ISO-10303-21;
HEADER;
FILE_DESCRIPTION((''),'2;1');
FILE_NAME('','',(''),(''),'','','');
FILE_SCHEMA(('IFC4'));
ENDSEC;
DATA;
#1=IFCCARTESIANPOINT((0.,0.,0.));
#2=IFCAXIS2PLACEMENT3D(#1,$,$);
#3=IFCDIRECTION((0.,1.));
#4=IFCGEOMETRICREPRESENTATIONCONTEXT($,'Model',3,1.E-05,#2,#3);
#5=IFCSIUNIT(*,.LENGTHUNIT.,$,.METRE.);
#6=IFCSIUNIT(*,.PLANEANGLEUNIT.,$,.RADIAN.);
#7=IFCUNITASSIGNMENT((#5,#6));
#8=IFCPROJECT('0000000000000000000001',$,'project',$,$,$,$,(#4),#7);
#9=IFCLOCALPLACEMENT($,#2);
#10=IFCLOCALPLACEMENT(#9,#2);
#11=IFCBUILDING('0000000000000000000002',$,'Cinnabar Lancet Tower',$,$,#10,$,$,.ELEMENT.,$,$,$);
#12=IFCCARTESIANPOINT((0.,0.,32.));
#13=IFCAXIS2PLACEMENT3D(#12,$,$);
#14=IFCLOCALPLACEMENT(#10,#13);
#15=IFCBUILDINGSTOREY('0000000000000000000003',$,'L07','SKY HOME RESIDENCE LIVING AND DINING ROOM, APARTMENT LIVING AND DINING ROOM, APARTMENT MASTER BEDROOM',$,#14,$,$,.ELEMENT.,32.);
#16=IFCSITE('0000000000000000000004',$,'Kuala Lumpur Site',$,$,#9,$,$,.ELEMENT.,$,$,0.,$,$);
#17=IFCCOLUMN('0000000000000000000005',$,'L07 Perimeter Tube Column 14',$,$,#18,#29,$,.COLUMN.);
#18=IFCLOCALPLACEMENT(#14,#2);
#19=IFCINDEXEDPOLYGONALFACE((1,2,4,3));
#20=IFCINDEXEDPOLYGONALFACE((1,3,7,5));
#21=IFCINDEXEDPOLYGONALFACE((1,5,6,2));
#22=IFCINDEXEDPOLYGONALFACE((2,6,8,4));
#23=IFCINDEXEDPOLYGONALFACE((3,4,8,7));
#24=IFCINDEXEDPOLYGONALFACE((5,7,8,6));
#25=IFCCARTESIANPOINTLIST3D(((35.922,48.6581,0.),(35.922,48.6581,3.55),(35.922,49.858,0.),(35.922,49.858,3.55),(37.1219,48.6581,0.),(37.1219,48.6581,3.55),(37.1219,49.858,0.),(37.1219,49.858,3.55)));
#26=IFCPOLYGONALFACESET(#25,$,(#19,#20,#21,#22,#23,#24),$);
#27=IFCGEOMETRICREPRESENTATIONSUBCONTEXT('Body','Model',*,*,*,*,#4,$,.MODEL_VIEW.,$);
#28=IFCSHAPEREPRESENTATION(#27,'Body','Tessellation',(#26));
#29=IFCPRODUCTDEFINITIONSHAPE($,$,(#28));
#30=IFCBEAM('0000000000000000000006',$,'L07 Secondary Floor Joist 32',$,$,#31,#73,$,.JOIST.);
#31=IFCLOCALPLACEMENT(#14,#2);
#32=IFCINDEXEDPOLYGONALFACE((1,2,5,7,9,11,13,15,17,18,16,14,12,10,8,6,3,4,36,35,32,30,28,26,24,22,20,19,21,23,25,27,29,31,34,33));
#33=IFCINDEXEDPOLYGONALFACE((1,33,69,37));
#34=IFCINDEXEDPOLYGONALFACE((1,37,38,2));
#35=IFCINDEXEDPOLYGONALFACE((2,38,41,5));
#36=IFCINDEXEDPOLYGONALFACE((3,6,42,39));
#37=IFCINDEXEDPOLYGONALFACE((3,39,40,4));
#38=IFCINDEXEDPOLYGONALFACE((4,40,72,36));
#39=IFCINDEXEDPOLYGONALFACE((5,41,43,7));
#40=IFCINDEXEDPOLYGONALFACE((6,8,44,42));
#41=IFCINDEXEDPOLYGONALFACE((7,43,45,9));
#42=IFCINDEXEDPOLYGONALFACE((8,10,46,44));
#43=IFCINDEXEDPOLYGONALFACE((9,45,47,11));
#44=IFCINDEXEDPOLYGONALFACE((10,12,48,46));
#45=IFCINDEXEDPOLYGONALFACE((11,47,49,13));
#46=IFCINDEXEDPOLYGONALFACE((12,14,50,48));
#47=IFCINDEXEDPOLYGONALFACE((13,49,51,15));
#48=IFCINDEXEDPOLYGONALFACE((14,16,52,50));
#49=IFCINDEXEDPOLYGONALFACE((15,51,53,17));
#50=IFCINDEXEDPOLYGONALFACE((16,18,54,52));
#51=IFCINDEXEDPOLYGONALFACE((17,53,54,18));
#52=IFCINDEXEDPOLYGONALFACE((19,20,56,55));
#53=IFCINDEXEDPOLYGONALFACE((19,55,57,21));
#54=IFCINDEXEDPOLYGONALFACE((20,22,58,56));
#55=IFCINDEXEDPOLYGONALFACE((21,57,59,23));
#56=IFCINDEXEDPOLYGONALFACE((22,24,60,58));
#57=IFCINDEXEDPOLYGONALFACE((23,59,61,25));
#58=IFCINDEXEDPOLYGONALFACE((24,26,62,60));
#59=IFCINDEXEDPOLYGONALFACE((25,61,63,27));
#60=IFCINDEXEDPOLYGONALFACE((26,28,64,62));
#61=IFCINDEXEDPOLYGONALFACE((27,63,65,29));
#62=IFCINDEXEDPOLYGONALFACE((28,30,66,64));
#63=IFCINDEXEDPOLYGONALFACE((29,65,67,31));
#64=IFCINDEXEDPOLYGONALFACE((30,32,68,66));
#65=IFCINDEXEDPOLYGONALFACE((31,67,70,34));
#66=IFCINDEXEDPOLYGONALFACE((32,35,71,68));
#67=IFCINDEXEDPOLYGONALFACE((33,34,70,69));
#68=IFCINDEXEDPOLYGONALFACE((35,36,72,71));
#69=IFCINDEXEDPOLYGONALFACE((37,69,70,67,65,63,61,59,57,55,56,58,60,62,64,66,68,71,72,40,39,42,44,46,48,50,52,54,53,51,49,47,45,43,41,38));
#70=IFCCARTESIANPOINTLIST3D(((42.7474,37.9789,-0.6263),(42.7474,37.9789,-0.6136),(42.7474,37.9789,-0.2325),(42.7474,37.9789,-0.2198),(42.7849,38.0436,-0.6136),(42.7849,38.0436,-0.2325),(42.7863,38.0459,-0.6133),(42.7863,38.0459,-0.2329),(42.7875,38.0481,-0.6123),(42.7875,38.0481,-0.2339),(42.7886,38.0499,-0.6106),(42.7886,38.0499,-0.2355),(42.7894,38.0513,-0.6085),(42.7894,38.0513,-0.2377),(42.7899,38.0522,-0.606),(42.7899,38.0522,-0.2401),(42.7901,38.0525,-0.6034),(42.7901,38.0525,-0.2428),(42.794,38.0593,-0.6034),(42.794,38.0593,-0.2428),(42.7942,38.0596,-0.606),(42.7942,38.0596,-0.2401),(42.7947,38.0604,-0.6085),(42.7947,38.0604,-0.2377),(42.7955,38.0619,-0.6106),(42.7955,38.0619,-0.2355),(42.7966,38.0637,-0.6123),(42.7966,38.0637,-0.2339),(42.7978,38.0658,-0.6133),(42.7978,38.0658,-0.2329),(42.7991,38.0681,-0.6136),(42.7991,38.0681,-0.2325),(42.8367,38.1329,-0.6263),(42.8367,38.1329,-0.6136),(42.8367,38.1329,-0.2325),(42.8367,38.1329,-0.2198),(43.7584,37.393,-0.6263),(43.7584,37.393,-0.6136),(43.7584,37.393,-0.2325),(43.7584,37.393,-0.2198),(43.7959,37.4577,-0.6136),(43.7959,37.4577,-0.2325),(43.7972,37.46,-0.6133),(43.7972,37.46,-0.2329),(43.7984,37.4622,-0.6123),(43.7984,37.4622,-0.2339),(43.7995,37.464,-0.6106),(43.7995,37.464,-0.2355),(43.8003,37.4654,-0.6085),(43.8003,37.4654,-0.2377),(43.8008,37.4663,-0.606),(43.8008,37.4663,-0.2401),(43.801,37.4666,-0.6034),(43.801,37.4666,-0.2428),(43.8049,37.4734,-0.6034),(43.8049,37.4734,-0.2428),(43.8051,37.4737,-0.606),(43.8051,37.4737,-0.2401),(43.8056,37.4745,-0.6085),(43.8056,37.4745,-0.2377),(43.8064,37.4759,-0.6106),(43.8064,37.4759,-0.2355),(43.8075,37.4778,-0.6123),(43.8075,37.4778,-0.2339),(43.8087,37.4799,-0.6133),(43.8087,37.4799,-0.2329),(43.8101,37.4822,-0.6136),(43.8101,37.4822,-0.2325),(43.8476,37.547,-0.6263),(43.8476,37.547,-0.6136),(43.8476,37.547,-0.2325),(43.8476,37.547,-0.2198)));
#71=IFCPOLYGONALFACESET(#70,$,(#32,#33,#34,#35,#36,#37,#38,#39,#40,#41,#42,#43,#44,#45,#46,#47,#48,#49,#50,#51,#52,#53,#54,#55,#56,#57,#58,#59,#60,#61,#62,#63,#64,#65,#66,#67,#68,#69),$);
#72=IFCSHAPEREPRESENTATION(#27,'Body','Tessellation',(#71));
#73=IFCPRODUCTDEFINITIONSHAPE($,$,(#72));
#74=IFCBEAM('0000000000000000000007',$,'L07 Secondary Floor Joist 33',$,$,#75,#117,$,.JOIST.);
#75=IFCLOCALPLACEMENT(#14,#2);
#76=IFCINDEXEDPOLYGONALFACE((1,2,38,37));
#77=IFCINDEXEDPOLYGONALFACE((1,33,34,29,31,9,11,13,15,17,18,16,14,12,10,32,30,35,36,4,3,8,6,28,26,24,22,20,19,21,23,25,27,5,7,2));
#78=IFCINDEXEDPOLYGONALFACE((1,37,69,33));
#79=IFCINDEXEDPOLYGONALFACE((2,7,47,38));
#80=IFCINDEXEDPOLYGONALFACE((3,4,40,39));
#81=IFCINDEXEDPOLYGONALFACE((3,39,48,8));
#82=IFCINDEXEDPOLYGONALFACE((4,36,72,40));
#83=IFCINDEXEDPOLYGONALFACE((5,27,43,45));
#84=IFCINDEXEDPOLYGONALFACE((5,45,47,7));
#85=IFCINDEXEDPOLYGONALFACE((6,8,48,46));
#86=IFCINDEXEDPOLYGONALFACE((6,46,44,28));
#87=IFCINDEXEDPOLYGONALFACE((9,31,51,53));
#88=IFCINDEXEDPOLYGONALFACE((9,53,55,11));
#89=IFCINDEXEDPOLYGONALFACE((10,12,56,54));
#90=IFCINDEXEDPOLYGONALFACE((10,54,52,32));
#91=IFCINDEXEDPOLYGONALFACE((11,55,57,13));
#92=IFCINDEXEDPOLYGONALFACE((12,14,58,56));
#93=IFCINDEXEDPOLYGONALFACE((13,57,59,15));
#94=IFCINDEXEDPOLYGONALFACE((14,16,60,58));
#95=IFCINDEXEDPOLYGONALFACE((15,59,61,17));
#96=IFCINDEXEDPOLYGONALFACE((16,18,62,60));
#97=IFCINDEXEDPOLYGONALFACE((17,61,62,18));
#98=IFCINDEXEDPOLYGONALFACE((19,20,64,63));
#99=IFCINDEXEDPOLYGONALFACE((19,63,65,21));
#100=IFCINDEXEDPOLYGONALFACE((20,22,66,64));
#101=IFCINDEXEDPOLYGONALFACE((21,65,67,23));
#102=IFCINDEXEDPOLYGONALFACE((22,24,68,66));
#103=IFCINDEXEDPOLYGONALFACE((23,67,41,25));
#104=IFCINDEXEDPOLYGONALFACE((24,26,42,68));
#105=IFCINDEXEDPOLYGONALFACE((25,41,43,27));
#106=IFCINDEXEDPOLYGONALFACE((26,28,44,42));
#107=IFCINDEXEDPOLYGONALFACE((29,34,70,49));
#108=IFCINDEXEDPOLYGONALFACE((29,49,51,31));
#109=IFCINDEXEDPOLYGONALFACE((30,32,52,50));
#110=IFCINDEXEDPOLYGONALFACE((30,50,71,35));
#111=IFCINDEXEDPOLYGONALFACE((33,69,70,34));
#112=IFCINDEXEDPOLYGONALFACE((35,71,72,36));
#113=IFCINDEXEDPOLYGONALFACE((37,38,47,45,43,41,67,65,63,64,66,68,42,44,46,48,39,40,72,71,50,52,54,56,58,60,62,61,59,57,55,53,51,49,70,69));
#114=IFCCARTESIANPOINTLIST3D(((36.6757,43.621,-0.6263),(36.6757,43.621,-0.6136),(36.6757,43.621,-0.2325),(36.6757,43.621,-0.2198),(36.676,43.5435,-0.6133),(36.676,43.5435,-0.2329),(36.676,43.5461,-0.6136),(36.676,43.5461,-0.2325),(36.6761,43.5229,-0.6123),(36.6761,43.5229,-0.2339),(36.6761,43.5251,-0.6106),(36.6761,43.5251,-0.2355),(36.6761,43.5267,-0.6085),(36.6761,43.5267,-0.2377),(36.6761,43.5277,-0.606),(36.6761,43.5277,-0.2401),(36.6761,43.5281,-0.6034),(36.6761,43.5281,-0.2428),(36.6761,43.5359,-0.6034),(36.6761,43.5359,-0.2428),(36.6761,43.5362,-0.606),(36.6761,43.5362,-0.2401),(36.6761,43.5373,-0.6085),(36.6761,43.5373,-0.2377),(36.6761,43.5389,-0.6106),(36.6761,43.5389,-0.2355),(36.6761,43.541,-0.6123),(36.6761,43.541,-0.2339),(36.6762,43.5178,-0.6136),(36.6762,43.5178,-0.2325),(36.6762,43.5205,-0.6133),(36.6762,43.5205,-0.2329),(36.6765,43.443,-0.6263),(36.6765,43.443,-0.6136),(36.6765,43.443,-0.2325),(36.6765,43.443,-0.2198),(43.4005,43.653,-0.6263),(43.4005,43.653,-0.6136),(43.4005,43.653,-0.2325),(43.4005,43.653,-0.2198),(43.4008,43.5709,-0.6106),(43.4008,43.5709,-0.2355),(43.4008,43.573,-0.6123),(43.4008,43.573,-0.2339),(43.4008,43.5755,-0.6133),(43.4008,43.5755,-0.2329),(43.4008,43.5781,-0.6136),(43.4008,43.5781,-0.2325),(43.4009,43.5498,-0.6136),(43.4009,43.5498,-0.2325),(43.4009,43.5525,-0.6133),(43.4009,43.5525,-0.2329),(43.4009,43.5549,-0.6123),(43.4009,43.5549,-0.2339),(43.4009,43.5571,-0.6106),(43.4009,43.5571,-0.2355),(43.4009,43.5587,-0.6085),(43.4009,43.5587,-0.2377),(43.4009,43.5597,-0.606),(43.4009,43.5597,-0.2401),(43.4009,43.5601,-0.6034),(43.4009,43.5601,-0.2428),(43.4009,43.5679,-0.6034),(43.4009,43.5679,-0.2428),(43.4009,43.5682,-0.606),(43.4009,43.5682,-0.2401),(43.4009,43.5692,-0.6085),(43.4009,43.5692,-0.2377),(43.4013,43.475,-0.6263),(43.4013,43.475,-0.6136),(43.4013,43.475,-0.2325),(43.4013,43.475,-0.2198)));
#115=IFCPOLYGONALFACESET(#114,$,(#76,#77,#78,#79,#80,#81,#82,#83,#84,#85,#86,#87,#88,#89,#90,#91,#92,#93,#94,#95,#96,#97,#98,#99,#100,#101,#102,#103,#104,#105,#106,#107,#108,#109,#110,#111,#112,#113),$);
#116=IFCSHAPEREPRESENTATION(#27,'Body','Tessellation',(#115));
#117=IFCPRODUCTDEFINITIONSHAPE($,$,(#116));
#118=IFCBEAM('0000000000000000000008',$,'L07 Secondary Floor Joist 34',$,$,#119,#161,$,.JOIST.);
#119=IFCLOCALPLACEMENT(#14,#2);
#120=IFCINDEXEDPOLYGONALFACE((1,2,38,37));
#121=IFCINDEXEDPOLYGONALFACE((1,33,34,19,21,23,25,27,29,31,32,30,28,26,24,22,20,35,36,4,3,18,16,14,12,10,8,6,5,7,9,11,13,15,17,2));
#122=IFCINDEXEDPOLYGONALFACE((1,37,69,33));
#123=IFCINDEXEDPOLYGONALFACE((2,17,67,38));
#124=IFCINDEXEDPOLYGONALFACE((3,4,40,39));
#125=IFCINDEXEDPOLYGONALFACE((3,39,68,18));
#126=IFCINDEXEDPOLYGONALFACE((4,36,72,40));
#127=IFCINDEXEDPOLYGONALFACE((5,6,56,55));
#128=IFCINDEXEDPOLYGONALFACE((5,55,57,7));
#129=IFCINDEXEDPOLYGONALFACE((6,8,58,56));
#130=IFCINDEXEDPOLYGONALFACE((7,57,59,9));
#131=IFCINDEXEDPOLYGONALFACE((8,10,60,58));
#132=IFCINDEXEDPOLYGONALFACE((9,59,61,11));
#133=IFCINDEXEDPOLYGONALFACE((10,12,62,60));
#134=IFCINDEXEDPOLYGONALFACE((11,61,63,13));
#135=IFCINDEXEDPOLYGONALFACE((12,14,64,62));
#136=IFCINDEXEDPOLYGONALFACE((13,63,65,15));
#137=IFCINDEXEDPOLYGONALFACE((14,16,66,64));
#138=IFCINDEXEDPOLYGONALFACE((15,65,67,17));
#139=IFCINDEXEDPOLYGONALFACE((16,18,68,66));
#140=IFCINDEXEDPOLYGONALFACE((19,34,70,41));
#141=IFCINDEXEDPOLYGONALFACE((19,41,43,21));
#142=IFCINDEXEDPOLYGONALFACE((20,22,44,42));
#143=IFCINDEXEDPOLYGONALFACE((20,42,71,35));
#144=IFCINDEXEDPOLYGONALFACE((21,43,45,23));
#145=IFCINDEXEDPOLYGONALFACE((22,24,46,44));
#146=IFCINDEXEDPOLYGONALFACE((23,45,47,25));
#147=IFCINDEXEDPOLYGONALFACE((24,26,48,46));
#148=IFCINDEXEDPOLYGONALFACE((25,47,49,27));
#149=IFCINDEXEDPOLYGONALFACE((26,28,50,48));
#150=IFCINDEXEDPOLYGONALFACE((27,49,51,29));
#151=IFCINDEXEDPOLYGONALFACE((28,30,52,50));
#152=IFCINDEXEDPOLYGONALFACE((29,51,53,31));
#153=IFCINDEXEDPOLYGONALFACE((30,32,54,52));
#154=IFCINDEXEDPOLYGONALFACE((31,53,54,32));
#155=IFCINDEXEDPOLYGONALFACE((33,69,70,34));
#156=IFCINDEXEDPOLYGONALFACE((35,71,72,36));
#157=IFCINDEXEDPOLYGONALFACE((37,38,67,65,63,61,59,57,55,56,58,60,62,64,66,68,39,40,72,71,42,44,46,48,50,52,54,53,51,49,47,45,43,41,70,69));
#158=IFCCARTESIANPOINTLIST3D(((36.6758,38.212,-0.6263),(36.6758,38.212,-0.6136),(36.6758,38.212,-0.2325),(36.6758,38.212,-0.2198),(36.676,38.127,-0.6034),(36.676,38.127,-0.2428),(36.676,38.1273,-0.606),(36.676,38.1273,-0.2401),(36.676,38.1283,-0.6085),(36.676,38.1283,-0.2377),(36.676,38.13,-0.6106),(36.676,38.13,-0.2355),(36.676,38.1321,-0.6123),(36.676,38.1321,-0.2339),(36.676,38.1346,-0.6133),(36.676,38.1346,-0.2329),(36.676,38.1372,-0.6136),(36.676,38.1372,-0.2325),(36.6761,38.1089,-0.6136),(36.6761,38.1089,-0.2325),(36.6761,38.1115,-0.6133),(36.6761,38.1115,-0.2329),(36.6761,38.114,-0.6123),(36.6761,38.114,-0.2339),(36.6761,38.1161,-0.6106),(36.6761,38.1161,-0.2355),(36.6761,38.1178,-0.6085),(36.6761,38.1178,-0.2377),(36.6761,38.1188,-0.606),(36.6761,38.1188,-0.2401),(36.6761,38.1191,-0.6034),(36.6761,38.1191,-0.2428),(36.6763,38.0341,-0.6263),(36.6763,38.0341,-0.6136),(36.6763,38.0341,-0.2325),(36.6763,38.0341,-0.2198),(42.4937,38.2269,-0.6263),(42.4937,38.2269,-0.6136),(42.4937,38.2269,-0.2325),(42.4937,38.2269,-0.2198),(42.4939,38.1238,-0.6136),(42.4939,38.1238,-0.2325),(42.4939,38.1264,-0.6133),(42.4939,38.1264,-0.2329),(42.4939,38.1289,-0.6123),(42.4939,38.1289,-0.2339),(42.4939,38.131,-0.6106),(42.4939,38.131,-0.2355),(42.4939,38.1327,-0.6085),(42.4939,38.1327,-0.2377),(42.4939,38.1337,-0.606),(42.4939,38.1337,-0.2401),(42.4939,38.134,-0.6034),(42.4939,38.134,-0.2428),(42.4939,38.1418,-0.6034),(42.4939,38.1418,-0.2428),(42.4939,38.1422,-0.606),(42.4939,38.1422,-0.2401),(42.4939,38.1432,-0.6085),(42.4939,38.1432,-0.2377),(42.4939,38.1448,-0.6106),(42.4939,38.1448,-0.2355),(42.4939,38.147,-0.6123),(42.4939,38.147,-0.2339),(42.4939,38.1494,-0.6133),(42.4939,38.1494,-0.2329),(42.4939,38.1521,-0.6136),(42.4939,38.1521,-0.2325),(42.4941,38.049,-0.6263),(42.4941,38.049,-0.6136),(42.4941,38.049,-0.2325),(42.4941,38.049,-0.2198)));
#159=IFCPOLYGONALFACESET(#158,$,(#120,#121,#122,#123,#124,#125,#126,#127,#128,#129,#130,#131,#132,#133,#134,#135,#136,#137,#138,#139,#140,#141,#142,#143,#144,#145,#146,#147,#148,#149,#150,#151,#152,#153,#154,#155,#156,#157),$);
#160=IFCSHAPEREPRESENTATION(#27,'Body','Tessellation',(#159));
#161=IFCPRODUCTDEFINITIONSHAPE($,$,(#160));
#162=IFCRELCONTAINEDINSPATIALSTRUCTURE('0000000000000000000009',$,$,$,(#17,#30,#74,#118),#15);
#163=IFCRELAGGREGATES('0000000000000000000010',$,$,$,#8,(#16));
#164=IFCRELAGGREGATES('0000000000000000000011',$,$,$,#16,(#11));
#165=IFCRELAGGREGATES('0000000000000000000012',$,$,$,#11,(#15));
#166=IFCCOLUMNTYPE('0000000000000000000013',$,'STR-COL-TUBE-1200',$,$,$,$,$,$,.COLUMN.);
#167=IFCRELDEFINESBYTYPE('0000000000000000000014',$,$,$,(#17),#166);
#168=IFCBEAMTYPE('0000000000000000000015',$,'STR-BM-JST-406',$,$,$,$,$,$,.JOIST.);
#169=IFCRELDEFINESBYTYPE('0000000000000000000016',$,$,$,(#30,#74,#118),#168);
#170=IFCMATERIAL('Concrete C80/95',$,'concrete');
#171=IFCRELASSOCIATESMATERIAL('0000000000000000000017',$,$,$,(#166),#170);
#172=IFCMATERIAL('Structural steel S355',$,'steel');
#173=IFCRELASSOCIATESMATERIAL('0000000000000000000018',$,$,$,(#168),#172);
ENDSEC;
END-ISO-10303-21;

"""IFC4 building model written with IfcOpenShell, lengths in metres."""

from ifc_helpers import new_model, si_unit, direction, frame, origin, origin_2d, place, context, subcontext, project, spatial, rectangle, i_section, extrude, material, material_profile, profile_set, type_object, element, save


model = new_model("IFC4")

# Units and contexts
model_context = context("Model", 3, precision=1e-05, world=origin(), true_north=direction((0.0, 1.0)))
body_context = subcontext(model_context, "Body", "Model", "MODEL_VIEW")
ifc_project = project(units=[si_unit("LENGTHUNIT", "METRE"), si_unit("PLANEANGLEUNIT", "RADIAN")], contexts=[model_context])

# Site, building, storey
site_placement = place(None, origin())
site = spatial("IfcSite", under=ifc_project, at=site_placement, Name="Kuala Lumpur Site", CompositionType="ELEMENT", RefElevation=0.0)
building_placement = place(site_placement, origin())
building = spatial("IfcBuilding", under=site, at=building_placement, Name="Cinnabar Lancet Tower", CompositionType="ELEMENT")
storey_placement = place(building_placement, frame((0.0, 0.0, 32.0)))
storey = spatial("IfcBuildingStorey", under=building, at=storey_placement, Name="L07", Description="SKY HOME RESIDENCE LIVING AND DINING ROOM, APARTMENT LIVING AND DINING ROOM, APARTMENT MASTER BEDROOM", CompositionType="ELEMENT", Elevation=32.0)

# Column
ifc_material_1 = material(Name="Concrete C80/95", Category="concrete")
ifc_material_profile_1 = material_profile(ifc_material_1, rectangle(XDim=1.2, YDim=1.2, at=origin_2d()), Name="RC-COL 1200x1200")
ifc_profile_set_1 = profile_set([ifc_material_profile_1], Name="Concrete C80/95")
column_type = type_object("IfcColumnType", Name="STR-COL-TUBE-1200", PredefinedType="COLUMN", material=ifc_profile_set_1)
column_placement = place(storey_placement, frame((36.522, 49.2581, 0.0), z_axis=(0.0, 0.0, 1.0), x_axis=(1.0, 0.0, 0.0)))
element("IfcColumn", 1, at=column_placement, inside=storey, type_object=column_type, Name="L07 Perimeter Tube Column 14", PredefinedType="COLUMN", context=body_context, shape_type="SweptSolid", body=[
    extrude(rectangle(XDim=1.2, YDim=1.2, at=origin_2d()), origin(), (0.0, 0.0, 1.0), 3.55),
])

# Beams
ifc_material_2 = material(Name="Structural steel S355", Category="steel")
ifc_material_profile_2 = material_profile(ifc_material_2, i_section(OverallWidth=0.178, OverallDepth=0.4065, WebThickness=0.0078, FlangeThickness=0.0127, FilletRadius=0.0103, at=origin_2d()), Name="UKB 406x178x60")
ifc_profile_set_2 = profile_set([ifc_material_profile_2], Name="Structural steel S355")
beam_type_1 = type_object("IfcBeamType", Name="STR-BM-JST-406", PredefinedType="JOIST", material=ifc_profile_set_2)
beam_1_placement = place(storey_placement, frame((43.803, 37.47, -0.4231), z_axis=(-0.865193, 0.50144, 0.0), x_axis=(-0.50144, -0.865193, 0.0)))
element("IfcBeam", 2, at=beam_1_placement, inside=storey, type_object=beam_type_1, Name="L07 Secondary Floor Joist 32", PredefinedType="JOIST", context=body_context, shape_type="SweptSolid", body=[
    extrude(i_section(OverallWidth=0.178, OverallDepth=0.4065, WebThickness=0.0078, FlangeThickness=0.0127, FilletRadius=0.0103, at=origin_2d()), origin(), (0.0, 0.0, 1.0), 1.1685),
])
beam_2_placement = place(storey_placement, frame((43.4009, 43.564, -0.4231), z_axis=(-0.999989, -0.004756, 0.0), x_axis=(0.004756, -0.999989, 0.0)))
element("IfcBeam", 3, at=beam_2_placement, inside=storey, type_object=beam_type_1, Name="L07 Secondary Floor Joist 33", PredefinedType="JOIST", context=body_context, shape_type="SweptSolid", body=[
    extrude(i_section(OverallWidth=0.178, OverallDepth=0.4065, WebThickness=0.0078, FlangeThickness=0.0127, FilletRadius=0.0103, at=origin_2d()), origin(), (0.0, 0.0, 1.0), 6.7249),
])
beam_3_placement = place(storey_placement, frame((42.4939, 38.1379, -0.4231), z_axis=(-0.999997, -0.00256, 0.0), x_axis=(0.00256, -0.999997, 0.0)))
element("IfcBeam", 4, at=beam_3_placement, inside=storey, type_object=beam_type_1, Name="L07 Secondary Floor Joist 34", PredefinedType="JOIST", context=body_context, shape_type="SweptSolid", body=[
    extrude(i_section(OverallWidth=0.178, OverallDepth=0.4065, WebThickness=0.0078, FlangeThickness=0.0127, FilletRadius=0.0103, at=origin_2d()), origin(), (0.0, 0.0, 1.0), 5.8179),
])

save(model, "model.ifc")
